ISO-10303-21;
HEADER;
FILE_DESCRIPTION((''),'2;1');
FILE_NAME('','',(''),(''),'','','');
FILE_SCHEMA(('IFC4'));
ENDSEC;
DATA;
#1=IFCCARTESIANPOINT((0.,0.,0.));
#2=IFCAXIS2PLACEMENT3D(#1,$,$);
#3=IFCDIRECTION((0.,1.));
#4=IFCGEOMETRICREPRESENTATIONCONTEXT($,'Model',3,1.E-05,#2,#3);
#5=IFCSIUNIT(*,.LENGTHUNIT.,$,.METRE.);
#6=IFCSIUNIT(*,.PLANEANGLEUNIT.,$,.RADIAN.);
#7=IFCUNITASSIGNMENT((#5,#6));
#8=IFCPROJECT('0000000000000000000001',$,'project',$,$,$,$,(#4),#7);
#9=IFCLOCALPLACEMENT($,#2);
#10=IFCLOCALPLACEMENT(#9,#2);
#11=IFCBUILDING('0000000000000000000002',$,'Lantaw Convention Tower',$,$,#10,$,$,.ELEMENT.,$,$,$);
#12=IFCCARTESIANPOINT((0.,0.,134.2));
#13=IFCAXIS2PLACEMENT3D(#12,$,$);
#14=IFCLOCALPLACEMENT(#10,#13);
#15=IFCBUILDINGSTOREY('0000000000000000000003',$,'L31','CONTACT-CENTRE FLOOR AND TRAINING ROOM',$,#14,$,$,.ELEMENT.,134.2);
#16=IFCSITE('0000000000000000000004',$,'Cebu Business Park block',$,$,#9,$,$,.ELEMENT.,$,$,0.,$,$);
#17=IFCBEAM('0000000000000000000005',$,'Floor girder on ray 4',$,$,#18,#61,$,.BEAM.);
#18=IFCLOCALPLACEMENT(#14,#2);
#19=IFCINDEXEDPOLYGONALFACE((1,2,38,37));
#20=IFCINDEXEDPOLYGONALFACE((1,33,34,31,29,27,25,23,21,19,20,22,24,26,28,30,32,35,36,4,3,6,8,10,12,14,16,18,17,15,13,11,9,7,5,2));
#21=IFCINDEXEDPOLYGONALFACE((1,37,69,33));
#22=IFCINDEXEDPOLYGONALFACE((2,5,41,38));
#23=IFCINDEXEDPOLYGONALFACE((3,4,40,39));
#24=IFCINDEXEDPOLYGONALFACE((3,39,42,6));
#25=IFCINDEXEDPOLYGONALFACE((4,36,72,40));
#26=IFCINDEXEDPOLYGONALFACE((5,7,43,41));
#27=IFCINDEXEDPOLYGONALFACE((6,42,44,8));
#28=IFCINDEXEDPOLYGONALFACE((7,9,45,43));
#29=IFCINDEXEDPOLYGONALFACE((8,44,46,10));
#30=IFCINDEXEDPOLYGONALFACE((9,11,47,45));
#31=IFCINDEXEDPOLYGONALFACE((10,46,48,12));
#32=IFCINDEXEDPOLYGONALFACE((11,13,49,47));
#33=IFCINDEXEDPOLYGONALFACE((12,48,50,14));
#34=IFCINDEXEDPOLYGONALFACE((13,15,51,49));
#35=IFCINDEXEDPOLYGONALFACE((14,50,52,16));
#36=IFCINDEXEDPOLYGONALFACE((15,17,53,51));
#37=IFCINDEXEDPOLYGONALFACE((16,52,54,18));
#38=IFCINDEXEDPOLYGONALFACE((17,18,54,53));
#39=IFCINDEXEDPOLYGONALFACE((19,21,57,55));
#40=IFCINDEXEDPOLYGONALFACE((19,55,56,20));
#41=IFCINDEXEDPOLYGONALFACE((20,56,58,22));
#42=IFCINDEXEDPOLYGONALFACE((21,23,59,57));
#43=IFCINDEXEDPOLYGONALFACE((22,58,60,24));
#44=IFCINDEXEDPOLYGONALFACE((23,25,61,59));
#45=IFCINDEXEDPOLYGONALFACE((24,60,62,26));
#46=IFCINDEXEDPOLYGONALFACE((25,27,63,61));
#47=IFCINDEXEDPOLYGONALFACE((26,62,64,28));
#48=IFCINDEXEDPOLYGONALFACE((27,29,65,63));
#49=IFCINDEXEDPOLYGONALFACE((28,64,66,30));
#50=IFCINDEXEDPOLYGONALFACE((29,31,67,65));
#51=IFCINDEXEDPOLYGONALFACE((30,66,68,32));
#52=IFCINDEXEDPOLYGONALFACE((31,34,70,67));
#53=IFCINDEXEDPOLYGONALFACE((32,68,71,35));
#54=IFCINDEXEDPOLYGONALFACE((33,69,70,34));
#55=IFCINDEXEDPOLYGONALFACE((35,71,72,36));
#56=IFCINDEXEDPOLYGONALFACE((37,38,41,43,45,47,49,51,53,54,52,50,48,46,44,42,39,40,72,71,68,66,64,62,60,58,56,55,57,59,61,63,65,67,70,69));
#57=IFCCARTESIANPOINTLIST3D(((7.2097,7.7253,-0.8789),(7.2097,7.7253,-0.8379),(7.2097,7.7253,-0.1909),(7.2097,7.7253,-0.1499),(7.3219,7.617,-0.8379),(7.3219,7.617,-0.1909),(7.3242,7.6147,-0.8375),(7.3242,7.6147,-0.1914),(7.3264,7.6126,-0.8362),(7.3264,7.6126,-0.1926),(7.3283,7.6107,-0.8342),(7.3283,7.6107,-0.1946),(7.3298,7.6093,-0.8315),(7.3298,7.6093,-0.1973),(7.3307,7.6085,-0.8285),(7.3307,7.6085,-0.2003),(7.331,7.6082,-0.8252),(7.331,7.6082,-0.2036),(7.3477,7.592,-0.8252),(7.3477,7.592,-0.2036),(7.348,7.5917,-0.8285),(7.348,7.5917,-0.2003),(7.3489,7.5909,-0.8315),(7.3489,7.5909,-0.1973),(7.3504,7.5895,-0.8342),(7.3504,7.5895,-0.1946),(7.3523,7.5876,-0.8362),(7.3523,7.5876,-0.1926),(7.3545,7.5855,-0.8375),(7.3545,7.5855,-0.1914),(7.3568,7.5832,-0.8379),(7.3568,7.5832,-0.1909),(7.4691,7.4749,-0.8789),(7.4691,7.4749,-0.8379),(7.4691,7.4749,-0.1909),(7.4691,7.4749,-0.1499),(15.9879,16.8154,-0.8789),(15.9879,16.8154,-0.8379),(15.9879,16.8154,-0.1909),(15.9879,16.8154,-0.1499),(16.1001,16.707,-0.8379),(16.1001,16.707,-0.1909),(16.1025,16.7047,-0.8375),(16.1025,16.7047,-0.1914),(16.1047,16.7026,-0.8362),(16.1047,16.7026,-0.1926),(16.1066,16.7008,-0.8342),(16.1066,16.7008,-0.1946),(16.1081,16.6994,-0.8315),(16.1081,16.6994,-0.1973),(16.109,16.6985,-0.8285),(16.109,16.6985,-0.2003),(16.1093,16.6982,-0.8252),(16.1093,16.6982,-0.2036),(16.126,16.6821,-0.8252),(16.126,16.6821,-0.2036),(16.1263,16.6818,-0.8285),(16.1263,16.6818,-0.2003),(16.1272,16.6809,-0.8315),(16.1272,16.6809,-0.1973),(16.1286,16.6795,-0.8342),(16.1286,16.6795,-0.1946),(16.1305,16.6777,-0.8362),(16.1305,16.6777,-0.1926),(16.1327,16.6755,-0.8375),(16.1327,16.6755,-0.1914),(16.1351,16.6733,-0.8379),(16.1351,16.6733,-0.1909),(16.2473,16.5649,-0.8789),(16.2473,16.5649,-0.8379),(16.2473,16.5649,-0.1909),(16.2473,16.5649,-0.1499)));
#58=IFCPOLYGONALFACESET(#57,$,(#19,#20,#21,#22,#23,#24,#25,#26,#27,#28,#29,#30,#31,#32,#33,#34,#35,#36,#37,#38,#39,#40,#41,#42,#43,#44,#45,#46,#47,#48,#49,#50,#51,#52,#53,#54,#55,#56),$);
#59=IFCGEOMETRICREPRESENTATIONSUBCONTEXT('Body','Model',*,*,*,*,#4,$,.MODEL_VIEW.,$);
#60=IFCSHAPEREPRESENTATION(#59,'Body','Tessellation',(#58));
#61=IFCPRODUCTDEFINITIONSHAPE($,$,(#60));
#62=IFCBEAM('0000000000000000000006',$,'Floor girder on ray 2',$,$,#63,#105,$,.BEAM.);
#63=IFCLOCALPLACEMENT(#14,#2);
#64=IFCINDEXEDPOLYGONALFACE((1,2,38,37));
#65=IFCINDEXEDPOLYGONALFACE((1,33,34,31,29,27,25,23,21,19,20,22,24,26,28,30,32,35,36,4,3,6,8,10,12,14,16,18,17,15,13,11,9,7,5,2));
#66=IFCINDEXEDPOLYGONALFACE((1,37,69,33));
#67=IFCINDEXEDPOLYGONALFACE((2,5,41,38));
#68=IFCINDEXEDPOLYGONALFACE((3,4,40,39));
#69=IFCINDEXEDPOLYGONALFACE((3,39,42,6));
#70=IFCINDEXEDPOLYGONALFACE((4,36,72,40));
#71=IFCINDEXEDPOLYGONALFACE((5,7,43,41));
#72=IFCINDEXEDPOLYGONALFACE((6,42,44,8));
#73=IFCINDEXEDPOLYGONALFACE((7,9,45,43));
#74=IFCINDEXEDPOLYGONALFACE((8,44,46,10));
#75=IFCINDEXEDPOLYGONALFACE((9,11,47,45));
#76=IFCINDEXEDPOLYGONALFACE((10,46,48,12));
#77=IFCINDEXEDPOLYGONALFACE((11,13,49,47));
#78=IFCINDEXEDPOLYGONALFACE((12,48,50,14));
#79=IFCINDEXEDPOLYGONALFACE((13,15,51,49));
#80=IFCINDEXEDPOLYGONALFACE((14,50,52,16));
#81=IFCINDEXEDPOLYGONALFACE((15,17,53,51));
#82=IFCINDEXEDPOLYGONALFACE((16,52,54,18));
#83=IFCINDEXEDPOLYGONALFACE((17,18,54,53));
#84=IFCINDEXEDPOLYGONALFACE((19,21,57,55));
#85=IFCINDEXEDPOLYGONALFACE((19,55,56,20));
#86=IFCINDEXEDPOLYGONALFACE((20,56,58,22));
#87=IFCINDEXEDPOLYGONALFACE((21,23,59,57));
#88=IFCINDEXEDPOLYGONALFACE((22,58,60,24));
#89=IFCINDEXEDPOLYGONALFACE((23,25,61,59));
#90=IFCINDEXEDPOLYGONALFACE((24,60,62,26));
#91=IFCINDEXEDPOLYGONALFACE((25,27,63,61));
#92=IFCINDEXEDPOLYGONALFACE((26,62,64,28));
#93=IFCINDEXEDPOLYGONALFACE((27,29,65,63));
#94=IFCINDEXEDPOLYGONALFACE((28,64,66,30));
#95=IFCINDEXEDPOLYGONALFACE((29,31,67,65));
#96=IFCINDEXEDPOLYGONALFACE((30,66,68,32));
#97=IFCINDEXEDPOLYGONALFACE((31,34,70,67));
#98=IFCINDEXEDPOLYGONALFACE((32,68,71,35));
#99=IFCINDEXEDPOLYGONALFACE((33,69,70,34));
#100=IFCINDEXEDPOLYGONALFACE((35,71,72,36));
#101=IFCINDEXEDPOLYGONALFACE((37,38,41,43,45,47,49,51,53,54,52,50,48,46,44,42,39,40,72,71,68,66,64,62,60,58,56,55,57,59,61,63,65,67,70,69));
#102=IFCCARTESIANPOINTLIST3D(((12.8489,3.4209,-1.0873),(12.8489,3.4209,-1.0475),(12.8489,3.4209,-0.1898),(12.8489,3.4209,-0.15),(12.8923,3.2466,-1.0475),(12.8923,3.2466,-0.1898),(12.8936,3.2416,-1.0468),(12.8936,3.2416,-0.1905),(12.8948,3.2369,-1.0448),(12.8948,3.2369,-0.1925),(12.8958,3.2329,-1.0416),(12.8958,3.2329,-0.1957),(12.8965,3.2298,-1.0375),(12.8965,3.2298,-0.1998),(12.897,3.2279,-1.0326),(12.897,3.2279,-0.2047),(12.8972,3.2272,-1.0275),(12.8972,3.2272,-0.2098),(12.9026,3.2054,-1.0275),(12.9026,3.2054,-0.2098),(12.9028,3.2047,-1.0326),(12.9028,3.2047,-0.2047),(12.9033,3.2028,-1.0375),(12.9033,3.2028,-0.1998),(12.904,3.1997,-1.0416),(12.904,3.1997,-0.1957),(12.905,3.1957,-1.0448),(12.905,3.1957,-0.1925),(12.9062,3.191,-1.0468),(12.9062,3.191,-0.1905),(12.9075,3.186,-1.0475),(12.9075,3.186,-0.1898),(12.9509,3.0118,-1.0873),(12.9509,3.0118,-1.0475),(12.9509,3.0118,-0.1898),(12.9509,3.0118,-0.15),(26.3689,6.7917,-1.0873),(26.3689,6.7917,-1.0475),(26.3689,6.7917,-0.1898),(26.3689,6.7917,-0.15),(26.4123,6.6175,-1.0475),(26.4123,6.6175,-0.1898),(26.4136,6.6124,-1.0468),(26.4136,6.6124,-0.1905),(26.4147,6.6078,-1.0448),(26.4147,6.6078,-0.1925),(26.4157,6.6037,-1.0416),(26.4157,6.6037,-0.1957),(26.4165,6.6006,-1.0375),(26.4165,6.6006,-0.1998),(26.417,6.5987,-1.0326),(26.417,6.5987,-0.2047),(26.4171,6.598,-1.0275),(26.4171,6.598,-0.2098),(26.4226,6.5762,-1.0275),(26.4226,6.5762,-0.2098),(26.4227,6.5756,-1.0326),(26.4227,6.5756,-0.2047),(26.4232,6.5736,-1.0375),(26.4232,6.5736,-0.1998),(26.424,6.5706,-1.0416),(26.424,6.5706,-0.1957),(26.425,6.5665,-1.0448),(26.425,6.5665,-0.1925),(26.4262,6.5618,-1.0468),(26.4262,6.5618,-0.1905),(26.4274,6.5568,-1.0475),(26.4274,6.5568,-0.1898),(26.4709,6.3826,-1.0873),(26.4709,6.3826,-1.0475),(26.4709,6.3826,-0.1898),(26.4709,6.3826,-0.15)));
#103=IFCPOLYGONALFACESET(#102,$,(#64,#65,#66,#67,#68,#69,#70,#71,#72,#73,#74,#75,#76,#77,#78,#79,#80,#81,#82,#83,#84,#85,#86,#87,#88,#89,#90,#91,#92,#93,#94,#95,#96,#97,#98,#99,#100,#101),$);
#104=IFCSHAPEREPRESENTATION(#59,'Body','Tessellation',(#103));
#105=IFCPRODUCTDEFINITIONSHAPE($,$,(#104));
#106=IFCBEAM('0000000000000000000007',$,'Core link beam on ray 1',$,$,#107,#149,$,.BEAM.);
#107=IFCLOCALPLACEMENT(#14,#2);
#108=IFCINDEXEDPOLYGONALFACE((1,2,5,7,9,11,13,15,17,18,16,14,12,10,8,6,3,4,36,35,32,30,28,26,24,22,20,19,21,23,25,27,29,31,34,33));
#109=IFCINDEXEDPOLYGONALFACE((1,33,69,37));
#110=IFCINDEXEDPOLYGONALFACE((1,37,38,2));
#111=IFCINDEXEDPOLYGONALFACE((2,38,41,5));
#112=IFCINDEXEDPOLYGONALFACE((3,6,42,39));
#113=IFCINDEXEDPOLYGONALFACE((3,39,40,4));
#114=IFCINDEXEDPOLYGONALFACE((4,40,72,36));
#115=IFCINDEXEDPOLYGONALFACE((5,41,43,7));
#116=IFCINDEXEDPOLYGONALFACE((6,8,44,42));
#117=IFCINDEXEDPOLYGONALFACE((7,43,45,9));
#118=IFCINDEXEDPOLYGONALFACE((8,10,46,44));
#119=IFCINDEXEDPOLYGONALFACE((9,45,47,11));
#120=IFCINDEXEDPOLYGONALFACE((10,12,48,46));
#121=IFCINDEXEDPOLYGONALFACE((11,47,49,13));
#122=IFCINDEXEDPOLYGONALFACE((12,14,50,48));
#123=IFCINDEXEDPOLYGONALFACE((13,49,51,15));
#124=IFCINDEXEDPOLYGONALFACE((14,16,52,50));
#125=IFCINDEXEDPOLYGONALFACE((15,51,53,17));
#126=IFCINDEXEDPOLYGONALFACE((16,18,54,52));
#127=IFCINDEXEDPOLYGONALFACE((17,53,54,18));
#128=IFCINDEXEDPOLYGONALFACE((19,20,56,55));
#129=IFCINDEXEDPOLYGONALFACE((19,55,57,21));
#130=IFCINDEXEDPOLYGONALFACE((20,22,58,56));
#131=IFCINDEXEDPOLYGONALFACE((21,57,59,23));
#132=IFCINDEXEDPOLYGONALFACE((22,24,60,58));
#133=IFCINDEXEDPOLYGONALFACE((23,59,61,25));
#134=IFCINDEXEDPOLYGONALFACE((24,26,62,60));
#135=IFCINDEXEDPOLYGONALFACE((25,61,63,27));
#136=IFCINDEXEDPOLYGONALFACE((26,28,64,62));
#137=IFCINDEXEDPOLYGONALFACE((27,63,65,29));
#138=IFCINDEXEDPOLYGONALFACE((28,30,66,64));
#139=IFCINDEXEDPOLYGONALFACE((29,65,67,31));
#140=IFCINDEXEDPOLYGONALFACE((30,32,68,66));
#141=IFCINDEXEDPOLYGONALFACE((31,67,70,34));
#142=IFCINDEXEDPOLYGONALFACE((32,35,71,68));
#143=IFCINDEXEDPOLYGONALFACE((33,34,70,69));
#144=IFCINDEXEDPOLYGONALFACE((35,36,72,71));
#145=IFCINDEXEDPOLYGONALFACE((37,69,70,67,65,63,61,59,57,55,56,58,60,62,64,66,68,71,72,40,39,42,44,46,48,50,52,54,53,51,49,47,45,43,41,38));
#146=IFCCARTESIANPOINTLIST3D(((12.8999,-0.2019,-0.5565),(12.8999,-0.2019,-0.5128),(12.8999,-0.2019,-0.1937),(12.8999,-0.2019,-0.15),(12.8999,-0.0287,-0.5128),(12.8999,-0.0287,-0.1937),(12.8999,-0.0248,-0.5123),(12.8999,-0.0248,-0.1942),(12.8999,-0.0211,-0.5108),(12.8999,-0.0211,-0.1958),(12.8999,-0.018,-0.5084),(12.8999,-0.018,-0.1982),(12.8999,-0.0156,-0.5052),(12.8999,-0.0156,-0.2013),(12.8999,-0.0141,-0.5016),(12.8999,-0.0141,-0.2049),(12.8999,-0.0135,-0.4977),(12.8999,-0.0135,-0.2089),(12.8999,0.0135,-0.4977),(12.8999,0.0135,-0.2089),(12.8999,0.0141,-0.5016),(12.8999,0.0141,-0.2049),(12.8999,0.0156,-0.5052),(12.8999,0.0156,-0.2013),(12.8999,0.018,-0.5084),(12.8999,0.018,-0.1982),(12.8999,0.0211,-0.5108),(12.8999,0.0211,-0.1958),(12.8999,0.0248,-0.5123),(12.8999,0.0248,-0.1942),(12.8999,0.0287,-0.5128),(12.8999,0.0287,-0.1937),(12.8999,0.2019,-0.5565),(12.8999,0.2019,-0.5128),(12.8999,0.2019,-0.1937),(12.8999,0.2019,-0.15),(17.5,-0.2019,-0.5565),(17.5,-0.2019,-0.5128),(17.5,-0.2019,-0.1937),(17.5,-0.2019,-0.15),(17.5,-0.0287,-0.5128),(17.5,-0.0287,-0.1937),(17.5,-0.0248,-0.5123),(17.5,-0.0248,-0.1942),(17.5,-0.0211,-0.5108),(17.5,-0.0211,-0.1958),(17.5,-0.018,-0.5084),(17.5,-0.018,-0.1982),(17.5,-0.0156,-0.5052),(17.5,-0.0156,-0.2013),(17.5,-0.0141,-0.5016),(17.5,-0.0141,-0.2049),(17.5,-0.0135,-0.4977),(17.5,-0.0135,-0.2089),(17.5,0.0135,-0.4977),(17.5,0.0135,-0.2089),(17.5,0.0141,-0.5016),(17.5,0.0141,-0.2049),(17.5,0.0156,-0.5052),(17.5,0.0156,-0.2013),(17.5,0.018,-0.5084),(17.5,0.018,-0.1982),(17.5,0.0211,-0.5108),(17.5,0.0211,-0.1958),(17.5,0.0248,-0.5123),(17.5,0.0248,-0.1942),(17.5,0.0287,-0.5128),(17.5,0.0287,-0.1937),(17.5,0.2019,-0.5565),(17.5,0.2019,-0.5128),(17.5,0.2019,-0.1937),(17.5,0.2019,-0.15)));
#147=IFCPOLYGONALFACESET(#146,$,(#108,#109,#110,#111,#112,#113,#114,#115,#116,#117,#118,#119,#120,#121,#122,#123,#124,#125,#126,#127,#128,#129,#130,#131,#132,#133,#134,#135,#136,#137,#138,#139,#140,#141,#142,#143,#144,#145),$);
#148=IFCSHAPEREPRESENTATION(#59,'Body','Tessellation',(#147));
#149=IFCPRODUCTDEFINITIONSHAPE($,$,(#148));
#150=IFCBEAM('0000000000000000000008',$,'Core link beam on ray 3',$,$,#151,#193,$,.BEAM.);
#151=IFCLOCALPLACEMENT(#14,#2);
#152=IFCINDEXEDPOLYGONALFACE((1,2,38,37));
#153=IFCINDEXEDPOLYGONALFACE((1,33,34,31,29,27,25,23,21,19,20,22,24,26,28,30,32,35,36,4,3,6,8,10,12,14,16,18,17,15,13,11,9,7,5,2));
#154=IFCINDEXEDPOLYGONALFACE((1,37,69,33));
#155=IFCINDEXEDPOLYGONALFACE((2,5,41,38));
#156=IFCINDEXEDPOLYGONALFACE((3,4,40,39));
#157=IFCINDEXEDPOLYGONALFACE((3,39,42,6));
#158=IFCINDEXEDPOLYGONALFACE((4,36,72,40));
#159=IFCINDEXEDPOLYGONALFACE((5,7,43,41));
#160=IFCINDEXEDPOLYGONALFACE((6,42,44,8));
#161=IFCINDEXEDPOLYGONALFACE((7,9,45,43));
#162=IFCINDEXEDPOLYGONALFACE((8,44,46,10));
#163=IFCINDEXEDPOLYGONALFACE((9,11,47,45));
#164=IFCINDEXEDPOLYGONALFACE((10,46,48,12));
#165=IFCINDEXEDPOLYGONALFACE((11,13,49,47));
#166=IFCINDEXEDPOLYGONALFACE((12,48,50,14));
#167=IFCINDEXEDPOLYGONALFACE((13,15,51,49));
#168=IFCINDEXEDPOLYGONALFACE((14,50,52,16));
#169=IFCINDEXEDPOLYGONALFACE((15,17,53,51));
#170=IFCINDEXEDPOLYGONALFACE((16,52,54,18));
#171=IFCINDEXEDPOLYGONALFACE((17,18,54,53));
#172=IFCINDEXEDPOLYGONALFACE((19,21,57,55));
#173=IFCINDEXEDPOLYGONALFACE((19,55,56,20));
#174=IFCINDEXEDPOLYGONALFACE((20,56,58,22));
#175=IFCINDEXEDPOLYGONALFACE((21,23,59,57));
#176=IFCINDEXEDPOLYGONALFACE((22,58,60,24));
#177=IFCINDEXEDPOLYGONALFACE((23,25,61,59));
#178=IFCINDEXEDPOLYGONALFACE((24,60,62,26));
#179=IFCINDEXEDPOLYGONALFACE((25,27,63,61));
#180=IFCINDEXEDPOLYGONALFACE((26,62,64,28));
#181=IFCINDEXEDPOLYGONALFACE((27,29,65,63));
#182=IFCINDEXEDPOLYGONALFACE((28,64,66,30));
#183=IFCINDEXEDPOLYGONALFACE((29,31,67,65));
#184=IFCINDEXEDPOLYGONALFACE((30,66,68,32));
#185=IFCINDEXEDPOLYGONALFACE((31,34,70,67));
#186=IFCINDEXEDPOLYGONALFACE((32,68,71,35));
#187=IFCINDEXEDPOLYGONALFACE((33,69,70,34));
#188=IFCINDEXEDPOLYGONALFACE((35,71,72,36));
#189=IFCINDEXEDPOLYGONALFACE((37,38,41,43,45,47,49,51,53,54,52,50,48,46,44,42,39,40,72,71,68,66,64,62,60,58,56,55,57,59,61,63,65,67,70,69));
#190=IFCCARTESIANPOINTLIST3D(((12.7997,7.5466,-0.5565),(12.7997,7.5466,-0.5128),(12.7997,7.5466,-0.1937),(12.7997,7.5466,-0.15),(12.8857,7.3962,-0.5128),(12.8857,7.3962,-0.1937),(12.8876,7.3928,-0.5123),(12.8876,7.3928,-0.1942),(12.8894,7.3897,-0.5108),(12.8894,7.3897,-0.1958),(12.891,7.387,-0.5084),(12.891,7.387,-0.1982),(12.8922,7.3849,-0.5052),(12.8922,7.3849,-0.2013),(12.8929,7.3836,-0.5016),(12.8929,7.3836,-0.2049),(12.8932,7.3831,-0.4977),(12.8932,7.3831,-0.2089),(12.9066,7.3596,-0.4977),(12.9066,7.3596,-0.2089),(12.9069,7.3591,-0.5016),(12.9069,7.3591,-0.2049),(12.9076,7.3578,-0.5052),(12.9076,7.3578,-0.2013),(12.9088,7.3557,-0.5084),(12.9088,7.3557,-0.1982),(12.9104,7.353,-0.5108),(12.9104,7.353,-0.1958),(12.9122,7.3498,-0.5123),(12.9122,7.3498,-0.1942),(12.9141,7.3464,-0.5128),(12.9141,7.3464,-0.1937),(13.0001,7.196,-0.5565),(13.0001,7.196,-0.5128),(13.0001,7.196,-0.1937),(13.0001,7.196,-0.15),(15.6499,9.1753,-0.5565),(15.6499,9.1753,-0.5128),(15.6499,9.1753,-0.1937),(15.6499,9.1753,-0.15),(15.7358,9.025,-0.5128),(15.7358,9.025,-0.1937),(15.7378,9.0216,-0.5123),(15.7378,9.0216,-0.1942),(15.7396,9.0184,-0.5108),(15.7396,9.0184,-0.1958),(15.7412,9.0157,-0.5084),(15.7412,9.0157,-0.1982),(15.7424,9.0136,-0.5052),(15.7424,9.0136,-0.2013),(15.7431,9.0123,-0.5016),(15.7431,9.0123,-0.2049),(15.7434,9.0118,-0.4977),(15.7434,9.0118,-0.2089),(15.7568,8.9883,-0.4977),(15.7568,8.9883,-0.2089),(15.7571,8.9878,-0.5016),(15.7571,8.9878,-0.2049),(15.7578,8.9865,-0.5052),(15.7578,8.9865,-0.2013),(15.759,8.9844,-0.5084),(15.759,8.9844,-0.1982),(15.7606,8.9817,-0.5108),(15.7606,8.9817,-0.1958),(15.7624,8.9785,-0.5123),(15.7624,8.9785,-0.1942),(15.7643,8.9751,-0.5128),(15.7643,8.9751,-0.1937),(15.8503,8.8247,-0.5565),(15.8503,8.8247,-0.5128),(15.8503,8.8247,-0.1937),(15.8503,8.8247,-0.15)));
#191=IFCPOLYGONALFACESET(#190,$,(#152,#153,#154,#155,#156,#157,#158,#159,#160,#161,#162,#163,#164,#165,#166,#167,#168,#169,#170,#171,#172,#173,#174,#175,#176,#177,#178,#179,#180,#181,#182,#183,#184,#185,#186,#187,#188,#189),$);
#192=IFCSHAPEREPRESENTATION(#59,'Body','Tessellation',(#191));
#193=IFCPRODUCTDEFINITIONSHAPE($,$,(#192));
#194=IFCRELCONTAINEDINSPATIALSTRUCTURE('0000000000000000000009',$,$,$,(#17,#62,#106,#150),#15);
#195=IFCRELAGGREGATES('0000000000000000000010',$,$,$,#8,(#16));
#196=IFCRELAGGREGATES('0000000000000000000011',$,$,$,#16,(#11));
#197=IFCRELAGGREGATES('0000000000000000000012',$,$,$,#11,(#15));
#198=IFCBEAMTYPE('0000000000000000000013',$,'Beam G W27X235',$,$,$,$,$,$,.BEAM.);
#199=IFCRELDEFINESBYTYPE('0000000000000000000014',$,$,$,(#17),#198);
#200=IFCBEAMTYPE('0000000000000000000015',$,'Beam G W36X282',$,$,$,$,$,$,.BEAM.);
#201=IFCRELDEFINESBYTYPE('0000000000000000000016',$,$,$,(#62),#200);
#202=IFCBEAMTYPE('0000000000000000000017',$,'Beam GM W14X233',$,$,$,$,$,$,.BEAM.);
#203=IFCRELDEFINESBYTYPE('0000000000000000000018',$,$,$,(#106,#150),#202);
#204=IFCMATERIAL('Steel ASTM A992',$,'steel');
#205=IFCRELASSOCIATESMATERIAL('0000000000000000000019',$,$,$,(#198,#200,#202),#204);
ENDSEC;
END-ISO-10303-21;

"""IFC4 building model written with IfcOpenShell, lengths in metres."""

from ifc_helpers import new_model, si_unit, direction, frame, origin, origin_2d, place, context, subcontext, project, spatial, i_section, extrude, material, material_profile, profile_set, type_object, element, save


model = new_model("IFC4")

# Units and contexts
model_context = context("Model", 3, precision=1e-05, world=origin(), true_north=direction((0.0, 1.0)))
body_context = subcontext(model_context, "Body", "Model", "MODEL_VIEW")
ifc_project = project(units=[si_unit("LENGTHUNIT", "METRE"), si_unit("PLANEANGLEUNIT", "RADIAN")], contexts=[model_context])

# Site, building, storey
site_placement = place(None, origin())
site = spatial("IfcSite", under=ifc_project, at=site_placement, Name="Cebu Business Park block", CompositionType="ELEMENT", RefElevation=0.0)
building_placement = place(site_placement, origin())
building = spatial("IfcBuilding", under=site, at=building_placement, Name="Lantaw Convention Tower", CompositionType="ELEMENT")
storey_placement = place(building_placement, frame((0.0, 0.0, 134.2)))
storey = spatial("IfcBuildingStorey", under=building, at=storey_placement, Name="L31", Description="CONTACT-CENTRE FLOOR AND TRAINING ROOM", CompositionType="ELEMENT", Elevation=134.2)

# Beams
ifc_material_1 = material(Name="Steel ASTM A992", Category="steel")
ifc_material_profile_1 = material_profile(ifc_material_1, i_section(OverallWidth=0.3606, OverallDepth=0.729, WebThickness=0.0232, FlangeThickness=0.041, FilletRadius=0.0127, at=origin_2d()), Name="W27X235")
ifc_profile_set_1 = profile_set([ifc_material_profile_1], Name="Steel ASTM A992")
beam_type_1 = type_object("IfcBeamType", Name="Beam G W27X235", PredefinedType="BEAM", material=ifc_profile_set_1)
beam_1_placement = place(storey_placement, frame((7.3394, 7.6001, -0.5144), z_axis=(0.694663, 0.719335, 0.0), x_axis=(-0.719335, 0.694663, 0.0)))
element("IfcBeam", 1, at=beam_1_placement, inside=storey, type_object=beam_type_1, Name="Floor girder on ray 4", PredefinedType="BEAM", context=body_context, shape_type="SweptSolid", body=[
    extrude(i_section(OverallWidth=0.3606, OverallDepth=0.729, WebThickness=0.0232, FlangeThickness=0.041, FilletRadius=0.0127, at=origin_2d()), origin(), (0.0, 0.0, 1.0), 12.6367),
])
ifc_material_profile_2 = material_profile(ifc_material_1, i_section(OverallWidth=0.4216, OverallDepth=0.9373, WebThickness=0.0225, FlangeThickness=0.0398, FilletRadius=0.02, at=origin_2d()), Name="W36X282")
ifc_profile_set_2 = profile_set([ifc_material_profile_2], Name="Steel ASTM A992")
beam_type_2 = type_object("IfcBeamType", Name="Beam G W36X282", PredefinedType="BEAM", material=ifc_profile_set_2)
beam_2_placement = place(storey_placement, frame((12.8999, 3.2163, -0.6187), z_axis=(0.970297, 0.241917, 0.0), x_axis=(-0.241917, 0.970297, 0.0)))
element("IfcBeam", 2, at=beam_2_placement, inside=storey, type_object=beam_type_2, Name="Floor girder on ray 2", PredefinedType="BEAM", context=body_context, shape_type="SweptSolid", body=[
    extrude(i_section(OverallWidth=0.4216, OverallDepth=0.9373, WebThickness=0.0225, FlangeThickness=0.0398, FilletRadius=0.02, at=origin_2d()), origin(), (0.0, 0.0, 1.0), 13.9338),
])
ifc_material_profile_3 = material_profile(ifc_material_1, i_section(OverallWidth=0.4038, OverallDepth=0.4065, WebThickness=0.0271, FlangeThickness=0.0437, FilletRadius=0.0151, at=origin_2d()), Name="W14X233")
ifc_profile_set_3 = profile_set([ifc_material_profile_3], Name="Steel ASTM A992")
beam_type_3 = type_object("IfcBeamType", Name="Beam GM W14X233", PredefinedType="BEAM", material=ifc_profile_set_3)
beam_3_placement = place(storey_placement, frame((12.8999, 0.0, -0.3533), z_axis=(1.0, 0.0, 0.0), x_axis=(0.0, 1.0, 0.0)))
element("IfcBeam", 3, at=beam_3_placement, inside=storey, type_object=beam_type_3, Name="Core link beam on ray 1", PredefinedType="BEAM", context=body_context, shape_type="SweptSolid", body=[
    extrude(i_section(OverallWidth=0.4038, OverallDepth=0.4065, WebThickness=0.0271, FlangeThickness=0.0437, FilletRadius=0.0151, at=origin_2d()), origin(), (0.0, 0.0, 1.0), 4.6001),
])
beam_4_placement = place(storey_placement, frame((12.8999, 7.3713, -0.3533), z_axis=(0.868239, 0.496147, 0.0), x_axis=(-0.496147, 0.868239, 0.0)))
element("IfcBeam", 4, at=beam_4_placement, inside=storey, type_object=beam_type_3, Name="Core link beam on ray 3", PredefinedType="BEAM", context=body_context, shape_type="SweptSolid", body=[
    extrude(i_section(OverallWidth=0.4038, OverallDepth=0.4065, WebThickness=0.0271, FlangeThickness=0.0437, FilletRadius=0.0151, at=origin_2d()), origin(), (0.0, 0.0, 1.0), 3.2827),
])

save(model, "model.ifc")
